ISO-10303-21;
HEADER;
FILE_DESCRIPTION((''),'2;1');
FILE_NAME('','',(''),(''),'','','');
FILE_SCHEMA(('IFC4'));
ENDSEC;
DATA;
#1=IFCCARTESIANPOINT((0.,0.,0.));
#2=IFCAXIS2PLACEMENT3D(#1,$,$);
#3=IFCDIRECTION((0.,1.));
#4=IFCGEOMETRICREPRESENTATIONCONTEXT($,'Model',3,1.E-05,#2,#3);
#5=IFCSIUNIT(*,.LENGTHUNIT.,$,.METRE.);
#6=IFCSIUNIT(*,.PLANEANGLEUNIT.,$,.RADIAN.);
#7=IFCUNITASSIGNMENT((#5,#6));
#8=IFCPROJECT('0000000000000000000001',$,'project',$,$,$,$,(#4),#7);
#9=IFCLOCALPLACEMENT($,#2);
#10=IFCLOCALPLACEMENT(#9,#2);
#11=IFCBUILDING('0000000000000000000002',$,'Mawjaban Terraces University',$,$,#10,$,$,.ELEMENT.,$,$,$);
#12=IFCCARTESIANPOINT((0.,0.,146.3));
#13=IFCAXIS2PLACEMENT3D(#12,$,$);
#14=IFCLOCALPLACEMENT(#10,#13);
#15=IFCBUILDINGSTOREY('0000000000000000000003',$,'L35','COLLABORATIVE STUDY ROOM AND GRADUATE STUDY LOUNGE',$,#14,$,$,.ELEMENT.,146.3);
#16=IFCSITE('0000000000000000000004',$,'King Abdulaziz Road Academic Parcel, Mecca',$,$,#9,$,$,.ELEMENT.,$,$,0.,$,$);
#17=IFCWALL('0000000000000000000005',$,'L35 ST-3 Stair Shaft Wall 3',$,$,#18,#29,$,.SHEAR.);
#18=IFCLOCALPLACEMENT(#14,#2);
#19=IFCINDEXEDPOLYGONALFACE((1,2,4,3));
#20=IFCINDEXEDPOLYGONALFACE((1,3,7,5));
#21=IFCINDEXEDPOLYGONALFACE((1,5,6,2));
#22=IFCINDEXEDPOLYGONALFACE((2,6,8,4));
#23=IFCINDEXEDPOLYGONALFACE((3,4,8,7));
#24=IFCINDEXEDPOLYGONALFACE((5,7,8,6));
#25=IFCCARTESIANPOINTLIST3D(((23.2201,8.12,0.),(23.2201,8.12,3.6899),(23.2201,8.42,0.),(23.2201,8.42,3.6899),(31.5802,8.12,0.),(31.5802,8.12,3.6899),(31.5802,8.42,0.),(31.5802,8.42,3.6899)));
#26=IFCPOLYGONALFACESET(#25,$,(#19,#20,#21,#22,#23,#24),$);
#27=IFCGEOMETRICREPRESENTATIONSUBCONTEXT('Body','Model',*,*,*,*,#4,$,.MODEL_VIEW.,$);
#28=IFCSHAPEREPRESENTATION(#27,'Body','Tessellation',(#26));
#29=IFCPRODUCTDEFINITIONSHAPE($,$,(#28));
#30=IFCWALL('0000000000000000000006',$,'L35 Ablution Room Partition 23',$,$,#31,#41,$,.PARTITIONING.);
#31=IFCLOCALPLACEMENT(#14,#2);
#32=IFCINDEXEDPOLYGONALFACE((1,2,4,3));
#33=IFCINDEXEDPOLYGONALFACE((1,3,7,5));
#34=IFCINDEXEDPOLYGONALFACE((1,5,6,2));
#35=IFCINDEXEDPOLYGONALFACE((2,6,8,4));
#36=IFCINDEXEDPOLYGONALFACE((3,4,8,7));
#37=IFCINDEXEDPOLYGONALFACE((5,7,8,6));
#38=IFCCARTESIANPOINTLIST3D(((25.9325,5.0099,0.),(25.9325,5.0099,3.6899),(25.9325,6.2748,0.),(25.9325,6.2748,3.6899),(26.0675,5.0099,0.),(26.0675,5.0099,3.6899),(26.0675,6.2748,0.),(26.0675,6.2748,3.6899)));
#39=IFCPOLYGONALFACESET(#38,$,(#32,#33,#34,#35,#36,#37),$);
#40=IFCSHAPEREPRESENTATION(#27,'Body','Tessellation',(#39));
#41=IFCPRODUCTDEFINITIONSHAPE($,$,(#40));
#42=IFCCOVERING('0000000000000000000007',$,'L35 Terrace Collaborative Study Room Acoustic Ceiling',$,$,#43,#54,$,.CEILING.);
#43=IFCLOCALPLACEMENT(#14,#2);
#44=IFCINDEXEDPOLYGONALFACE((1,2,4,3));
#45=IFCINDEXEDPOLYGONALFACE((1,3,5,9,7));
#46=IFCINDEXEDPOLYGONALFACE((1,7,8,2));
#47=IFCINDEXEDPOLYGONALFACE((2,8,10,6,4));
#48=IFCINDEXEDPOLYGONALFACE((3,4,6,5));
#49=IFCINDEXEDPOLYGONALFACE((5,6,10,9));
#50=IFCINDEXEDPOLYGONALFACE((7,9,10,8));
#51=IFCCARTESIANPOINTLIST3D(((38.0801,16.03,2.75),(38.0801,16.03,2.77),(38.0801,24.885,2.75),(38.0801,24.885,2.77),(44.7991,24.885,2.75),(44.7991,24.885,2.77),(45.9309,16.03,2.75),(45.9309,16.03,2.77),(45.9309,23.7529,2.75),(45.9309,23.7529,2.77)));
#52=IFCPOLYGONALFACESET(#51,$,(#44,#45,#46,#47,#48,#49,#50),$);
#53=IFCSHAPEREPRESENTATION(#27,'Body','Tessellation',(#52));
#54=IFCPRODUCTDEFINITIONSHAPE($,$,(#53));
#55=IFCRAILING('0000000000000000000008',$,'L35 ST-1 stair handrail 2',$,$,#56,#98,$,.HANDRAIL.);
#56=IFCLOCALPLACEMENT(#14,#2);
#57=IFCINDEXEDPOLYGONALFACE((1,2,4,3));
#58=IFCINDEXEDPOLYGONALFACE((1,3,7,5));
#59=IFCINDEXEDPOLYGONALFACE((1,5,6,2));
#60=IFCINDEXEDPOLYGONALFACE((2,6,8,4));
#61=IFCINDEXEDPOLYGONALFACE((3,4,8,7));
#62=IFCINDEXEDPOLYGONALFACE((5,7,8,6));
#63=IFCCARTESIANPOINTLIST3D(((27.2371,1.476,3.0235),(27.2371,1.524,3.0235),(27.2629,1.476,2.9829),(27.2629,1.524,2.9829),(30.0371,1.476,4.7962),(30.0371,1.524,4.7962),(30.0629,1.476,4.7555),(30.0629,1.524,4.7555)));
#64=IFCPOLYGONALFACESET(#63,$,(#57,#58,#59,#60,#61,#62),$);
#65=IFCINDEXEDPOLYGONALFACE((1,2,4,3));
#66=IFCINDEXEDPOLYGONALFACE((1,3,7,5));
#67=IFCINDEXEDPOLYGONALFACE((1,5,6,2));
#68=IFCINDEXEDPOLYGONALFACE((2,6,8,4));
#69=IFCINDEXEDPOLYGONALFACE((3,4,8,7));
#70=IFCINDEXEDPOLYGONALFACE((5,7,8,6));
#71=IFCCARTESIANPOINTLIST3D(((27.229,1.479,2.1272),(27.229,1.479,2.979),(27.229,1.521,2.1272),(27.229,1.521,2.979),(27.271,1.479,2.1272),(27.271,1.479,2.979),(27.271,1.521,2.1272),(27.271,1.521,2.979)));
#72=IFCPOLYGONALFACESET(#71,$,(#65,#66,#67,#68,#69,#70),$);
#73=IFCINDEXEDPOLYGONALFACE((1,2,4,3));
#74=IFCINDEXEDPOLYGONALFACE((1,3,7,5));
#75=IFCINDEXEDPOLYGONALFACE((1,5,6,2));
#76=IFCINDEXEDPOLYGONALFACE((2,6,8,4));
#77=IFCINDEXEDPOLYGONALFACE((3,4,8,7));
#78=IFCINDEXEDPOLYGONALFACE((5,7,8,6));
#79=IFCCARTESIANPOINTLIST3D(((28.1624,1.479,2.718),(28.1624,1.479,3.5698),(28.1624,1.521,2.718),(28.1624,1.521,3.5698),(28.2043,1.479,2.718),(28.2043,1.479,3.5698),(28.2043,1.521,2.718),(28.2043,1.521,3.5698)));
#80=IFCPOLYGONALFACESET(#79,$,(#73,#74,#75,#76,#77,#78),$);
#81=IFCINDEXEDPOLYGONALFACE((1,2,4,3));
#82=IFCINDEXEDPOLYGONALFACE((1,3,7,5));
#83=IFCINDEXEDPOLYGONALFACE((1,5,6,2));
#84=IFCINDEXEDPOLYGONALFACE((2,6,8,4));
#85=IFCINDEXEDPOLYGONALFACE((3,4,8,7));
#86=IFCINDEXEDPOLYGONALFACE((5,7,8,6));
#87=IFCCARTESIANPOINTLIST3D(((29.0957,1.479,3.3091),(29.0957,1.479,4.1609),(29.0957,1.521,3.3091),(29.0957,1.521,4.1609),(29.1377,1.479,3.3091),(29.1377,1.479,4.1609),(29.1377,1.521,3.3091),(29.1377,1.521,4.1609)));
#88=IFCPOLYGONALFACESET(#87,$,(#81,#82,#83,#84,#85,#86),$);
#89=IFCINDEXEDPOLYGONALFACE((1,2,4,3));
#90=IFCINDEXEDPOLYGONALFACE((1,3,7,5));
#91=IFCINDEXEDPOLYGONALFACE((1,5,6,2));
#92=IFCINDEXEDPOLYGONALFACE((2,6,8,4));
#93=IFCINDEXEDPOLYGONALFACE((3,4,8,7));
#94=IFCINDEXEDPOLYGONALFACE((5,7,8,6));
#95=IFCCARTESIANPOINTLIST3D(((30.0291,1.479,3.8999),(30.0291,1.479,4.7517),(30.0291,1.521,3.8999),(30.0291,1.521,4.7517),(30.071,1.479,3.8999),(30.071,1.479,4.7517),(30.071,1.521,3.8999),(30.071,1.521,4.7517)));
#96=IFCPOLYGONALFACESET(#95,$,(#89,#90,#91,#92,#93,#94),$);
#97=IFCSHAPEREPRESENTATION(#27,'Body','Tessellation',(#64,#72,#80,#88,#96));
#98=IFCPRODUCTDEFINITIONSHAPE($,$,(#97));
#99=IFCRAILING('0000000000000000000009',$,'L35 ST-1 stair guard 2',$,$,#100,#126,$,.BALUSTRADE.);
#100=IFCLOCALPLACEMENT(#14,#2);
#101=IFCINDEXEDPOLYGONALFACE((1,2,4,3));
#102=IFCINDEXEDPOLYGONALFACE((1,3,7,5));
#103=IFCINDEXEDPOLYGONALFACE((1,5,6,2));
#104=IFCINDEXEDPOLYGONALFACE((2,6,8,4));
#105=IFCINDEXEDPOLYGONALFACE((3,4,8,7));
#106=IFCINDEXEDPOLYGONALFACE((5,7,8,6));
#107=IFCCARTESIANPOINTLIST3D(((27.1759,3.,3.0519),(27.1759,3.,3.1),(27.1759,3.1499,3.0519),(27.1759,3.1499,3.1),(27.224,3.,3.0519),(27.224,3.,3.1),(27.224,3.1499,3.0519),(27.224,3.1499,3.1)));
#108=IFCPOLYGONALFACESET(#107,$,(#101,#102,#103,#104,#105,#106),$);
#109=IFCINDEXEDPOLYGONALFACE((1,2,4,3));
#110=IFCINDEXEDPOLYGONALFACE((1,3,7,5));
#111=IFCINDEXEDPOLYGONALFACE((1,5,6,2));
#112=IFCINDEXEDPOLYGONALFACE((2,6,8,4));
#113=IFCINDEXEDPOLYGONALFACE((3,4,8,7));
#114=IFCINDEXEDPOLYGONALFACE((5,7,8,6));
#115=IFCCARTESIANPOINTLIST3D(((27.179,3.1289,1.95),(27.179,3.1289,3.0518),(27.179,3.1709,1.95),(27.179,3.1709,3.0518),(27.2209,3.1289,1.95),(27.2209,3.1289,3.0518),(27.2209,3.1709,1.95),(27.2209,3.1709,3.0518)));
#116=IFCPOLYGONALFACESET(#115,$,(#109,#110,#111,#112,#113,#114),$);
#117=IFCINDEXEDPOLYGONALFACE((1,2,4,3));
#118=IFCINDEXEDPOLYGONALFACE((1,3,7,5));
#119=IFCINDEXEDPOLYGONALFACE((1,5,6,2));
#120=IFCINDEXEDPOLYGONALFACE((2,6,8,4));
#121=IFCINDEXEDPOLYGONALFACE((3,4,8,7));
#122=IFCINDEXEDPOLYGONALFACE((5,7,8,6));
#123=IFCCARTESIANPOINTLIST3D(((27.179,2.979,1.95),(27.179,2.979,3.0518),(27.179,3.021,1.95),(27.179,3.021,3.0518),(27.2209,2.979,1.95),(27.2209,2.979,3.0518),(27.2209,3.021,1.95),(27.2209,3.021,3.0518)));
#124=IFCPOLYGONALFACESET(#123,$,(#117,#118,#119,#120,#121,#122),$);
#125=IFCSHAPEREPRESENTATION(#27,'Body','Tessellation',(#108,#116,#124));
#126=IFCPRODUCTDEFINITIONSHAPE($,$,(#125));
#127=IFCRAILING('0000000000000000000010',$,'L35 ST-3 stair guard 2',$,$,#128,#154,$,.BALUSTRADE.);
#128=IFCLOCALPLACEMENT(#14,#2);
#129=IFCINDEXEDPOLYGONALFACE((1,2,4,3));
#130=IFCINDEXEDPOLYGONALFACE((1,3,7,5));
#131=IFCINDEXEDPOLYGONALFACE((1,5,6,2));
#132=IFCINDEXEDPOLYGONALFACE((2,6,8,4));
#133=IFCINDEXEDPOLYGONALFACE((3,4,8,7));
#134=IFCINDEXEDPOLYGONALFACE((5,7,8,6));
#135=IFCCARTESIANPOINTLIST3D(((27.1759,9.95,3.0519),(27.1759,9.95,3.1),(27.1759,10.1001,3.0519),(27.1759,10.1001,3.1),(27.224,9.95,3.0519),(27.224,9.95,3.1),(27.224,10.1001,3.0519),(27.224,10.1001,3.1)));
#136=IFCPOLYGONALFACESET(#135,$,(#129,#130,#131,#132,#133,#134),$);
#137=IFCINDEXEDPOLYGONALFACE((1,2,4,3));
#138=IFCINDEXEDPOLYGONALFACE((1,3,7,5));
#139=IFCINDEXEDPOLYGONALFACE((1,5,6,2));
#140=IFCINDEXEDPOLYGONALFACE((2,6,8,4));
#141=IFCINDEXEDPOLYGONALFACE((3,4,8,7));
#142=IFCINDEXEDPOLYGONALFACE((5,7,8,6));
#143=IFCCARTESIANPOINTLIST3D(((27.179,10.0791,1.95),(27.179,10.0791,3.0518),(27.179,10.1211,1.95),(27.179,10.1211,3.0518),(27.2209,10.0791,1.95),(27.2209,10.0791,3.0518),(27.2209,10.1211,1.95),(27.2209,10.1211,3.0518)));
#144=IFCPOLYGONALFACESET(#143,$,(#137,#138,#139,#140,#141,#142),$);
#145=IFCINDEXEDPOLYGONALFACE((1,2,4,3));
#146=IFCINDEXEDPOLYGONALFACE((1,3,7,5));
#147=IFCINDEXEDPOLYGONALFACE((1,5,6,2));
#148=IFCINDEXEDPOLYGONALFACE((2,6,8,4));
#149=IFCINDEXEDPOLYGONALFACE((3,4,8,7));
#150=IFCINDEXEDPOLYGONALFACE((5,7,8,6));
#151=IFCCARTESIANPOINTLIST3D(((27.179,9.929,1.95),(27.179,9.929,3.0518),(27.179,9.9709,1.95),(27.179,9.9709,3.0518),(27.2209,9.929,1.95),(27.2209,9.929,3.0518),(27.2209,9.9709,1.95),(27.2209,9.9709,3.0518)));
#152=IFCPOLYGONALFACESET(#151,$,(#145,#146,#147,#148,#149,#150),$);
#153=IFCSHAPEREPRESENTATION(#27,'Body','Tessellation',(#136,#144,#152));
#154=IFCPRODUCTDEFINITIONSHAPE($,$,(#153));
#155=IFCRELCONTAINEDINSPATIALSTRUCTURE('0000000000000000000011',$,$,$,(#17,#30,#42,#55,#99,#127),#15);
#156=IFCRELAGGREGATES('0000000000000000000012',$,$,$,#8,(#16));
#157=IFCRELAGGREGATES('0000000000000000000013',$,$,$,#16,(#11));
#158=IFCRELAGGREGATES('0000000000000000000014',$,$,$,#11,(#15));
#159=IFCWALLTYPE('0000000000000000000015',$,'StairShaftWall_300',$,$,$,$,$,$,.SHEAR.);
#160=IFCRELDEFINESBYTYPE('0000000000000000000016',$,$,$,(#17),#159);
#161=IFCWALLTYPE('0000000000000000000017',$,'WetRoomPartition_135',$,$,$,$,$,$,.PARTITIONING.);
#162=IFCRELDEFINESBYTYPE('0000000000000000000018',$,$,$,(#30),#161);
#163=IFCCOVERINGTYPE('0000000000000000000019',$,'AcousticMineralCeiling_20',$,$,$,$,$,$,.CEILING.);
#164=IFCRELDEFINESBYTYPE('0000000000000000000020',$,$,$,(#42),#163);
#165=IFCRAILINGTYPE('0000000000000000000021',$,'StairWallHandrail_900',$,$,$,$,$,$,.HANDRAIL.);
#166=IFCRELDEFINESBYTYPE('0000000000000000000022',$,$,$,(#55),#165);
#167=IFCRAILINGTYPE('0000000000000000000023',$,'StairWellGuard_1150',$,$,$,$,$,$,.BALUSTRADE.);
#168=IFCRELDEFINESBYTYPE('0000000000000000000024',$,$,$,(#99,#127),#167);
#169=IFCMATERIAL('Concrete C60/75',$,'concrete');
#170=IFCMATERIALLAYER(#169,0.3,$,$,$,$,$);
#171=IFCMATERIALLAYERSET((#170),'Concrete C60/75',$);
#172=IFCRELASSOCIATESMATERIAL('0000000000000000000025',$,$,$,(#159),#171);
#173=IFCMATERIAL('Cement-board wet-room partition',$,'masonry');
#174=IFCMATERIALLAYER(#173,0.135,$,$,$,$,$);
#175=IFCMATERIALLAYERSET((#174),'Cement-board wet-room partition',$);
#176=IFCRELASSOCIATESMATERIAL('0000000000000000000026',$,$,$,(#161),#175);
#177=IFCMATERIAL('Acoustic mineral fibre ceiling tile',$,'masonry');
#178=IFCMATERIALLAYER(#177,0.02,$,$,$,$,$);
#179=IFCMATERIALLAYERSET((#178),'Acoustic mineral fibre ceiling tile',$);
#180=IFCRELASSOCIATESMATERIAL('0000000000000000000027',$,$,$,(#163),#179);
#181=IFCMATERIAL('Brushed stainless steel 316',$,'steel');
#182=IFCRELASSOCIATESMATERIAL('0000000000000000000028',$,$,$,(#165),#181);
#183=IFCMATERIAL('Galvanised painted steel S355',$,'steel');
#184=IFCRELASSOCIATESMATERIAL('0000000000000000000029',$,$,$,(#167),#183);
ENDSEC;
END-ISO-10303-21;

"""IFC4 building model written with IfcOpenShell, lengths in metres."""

from ifc_helpers import new_model, si_unit, direction, frame, frame_2d, origin, origin_2d, place, context, subcontext, project, spatial, polyline, rectangle, outline, extrude, material, layer, layer_set, type_object, element, save


model = new_model("IFC4")

# Units and contexts
model_context = context("Model", 3, precision=1e-05, world=origin(), true_north=direction((0.0, 1.0)))
body_context = subcontext(model_context, "Body", "Model", "MODEL_VIEW")
ifc_project = project(units=[si_unit("LENGTHUNIT", "METRE"), si_unit("PLANEANGLEUNIT", "RADIAN")], contexts=[model_context])

# Site, building, storey
site_placement = place(None, origin())
site = spatial("IfcSite", under=ifc_project, at=site_placement, Name="King Abdulaziz Road Academic Parcel, Mecca", CompositionType="ELEMENT", RefElevation=0.0)
building_placement = place(site_placement, origin())
building = spatial("IfcBuilding", under=site, at=building_placement, Name="Mawjaban Terraces University", CompositionType="ELEMENT")
storey_placement = place(building_placement, frame((0.0, 0.0, 146.3)))
storey = spatial("IfcBuildingStorey", under=building, at=storey_placement, Name="L35", Description="COLLABORATIVE STUDY ROOM AND GRADUATE STUDY LOUNGE", CompositionType="ELEMENT", Elevation=146.3)

# Shared definitions
ifc_material_1 = material(Name="Concrete C60/75", Category="concrete")

# Walls
ifc_layer_1 = layer(ifc_material_1, 0.3)
ifc_layer_set_1 = layer_set([ifc_layer_1], Name="Concrete C60/75")
wall_type_1 = type_object("IfcWallType", Name="StairShaftWall_300", PredefinedType="SHEAR", material=ifc_layer_set_1)
wall_1_placement = place(storey_placement, frame((23.22, 8.27, 0.0), z_axis=(0.0, 0.0, 1.0), x_axis=(1.0, 0.0, 0.0)))
element("IfcWall", 1, at=wall_1_placement, inside=storey, type_object=wall_type_1, Name="L35 ST-3 Stair Shaft Wall 3", PredefinedType="SHEAR", context=body_context, shape_type="SweptSolid", body=[
    extrude(rectangle(XDim=8.3601, YDim=0.3, at=frame_2d((4.1802, 0.0))), origin(), (0.0, 0.0, 1.0), 3.6899),
])
ifc_material_2 = material(Name="Cement-board wet-room partition", Category="masonry")
ifc_layer_2 = layer(ifc_material_2, 0.135)
ifc_layer_set_2 = layer_set([ifc_layer_2], Name="Cement-board wet-room partition")
wall_type_2 = type_object("IfcWallType", Name="WetRoomPartition_135", PredefinedType="PARTITIONING", material=ifc_layer_set_2)
wall_2_placement = place(storey_placement, frame((26.0, 5.01, 0.0), z_axis=(0.0, 0.0, 1.0), x_axis=(0.0, 1.0, 0.0)))
element("IfcWall", 2, at=wall_2_placement, inside=storey, type_object=wall_type_2, Name="L35 Ablution Room Partition 23", PredefinedType="PARTITIONING", context=body_context, shape_type="SweptSolid", body=[
    extrude(rectangle(XDim=1.2649, YDim=0.135, at=frame_2d((0.6323, 0.0))), origin(), (0.0, 0.0, 1.0), 3.6899),
])

# Covering
ifc_material_3 = material(Name="Acoustic mineral fibre ceiling tile", Category="masonry")
ifc_layer_3 = layer(ifc_material_3, 0.02)
ifc_layer_set_3 = layer_set([ifc_layer_3], Name="Acoustic mineral fibre ceiling tile")
covering_type = type_object("IfcCoveringType", Name="AcousticMineralCeiling_20", PredefinedType="CEILING", material=ifc_layer_set_3)
covering_placement = place(storey_placement, frame((0.0, 0.0, 2.75)))
element("IfcCovering", 3, at=covering_placement, inside=storey, type_object=covering_type, Name="L35 Terrace Collaborative Study Room Acoustic Ceiling", PredefinedType="CEILING", context=body_context, shape_type="SweptSolid", body=[
    extrude(outline(polyline([(45.9309, 16.03), (45.9309, 23.7529), (44.7991, 24.885), (38.0801, 24.885), (38.0801, 16.03), (45.9309, 16.03)])), origin(), (0.0, 0.0, 1.0), 0.02),
])

# Railings
ifc_material_4 = material(Name="Brushed stainless steel 316", Category="steel")
railing_type_1 = type_object("IfcRailingType", Name="StairWallHandrail_900", PredefinedType="HANDRAIL", material=ifc_material_4)
railing_1_placement = place(storey_placement, frame((27.25, 1.5, 2.1272)))
element("IfcRailing", 4, at=railing_1_placement, inside=storey, type_object=railing_type_1, Name="L35 ST-1 stair handrail 2", PredefinedType="HANDRAIL", context=body_context, shape_type="SweptSolid", body=[
    extrude(rectangle(XDim=0.0481, YDim=0.0481, at=origin_2d()), frame((0.0, 0.0, 0.876), z_axis=(0.844909, 0.0, 0.53491), x_axis=(0.0, 1.0, 0.0)), (0.0, 0.0, 1.0), 3.314),
    extrude(rectangle(XDim=0.042, YDim=0.042, at=origin_2d()), origin(), (0.0, 0.0, 1.0), 0.8518),
    extrude(rectangle(XDim=0.042, YDim=0.042, at=origin_2d()), frame((0.9333, 0.0, 0.5908)), (0.0, 0.0, 1.0), 0.8518),
    extrude(rectangle(XDim=0.042, YDim=0.042, at=origin_2d()), frame((1.8667, 0.0, 1.1819)), (0.0, 0.0, 1.0), 0.8518),
    extrude(rectangle(XDim=0.042, YDim=0.042, at=origin_2d()), frame((2.8, 0.0, 1.7727)), (0.0, 0.0, 1.0), 0.8518),
])
ifc_material_5 = material(Name="Galvanised painted steel S355", Category="steel")
railing_type_2 = type_object("IfcRailingType", Name="StairWellGuard_1150", PredefinedType="BALUSTRADE", material=ifc_material_5)
railing_2_placement = place(storey_placement, frame((27.2, 3.1499, 1.95)))
element("IfcRailing", 5, at=railing_2_placement, inside=storey, type_object=railing_type_2, Name="L35 ST-1 stair guard 2", PredefinedType="BALUSTRADE", context=body_context, shape_type="SweptSolid", body=[
    extrude(rectangle(XDim=0.0481, YDim=0.0481, at=origin_2d()), frame((0.0, 0.0, 1.126), z_axis=(0.0, -1.0, 0.0), x_axis=(1.0, 0.0, 0.0)), (0.0, 0.0, 1.0), 0.1499),
    extrude(rectangle(XDim=0.042, YDim=0.042, at=origin_2d()), origin(), (0.0, 0.0, 1.0), 1.1018),
    extrude(rectangle(XDim=0.042, YDim=0.042, at=origin_2d()), frame((0.0, -0.1499, 0.0)), (0.0, 0.0, 1.0), 1.1018),
])
railing_3_placement = place(storey_placement, frame((27.2, 10.1001, 1.95)))
element("IfcRailing", 6, at=railing_3_placement, inside=storey, type_object=railing_type_2, Name="L35 ST-3 stair guard 2", PredefinedType="BALUSTRADE", context=body_context, shape_type="SweptSolid", body=[
    extrude(rectangle(XDim=0.0481, YDim=0.0481, at=origin_2d()), frame((0.0, 0.0, 1.126), z_axis=(0.0, -1.0, 0.0), x_axis=(1.0, 0.0, 0.0)), (0.0, 0.0, 1.0), 0.1501),
    extrude(rectangle(XDim=0.042, YDim=0.042, at=origin_2d()), origin(), (0.0, 0.0, 1.0), 1.1018),
    extrude(rectangle(XDim=0.042, YDim=0.042, at=origin_2d()), frame((0.0, -0.1501, 0.0)), (0.0, 0.0, 1.0), 1.1018),
])

save(model, "model.ifc")
